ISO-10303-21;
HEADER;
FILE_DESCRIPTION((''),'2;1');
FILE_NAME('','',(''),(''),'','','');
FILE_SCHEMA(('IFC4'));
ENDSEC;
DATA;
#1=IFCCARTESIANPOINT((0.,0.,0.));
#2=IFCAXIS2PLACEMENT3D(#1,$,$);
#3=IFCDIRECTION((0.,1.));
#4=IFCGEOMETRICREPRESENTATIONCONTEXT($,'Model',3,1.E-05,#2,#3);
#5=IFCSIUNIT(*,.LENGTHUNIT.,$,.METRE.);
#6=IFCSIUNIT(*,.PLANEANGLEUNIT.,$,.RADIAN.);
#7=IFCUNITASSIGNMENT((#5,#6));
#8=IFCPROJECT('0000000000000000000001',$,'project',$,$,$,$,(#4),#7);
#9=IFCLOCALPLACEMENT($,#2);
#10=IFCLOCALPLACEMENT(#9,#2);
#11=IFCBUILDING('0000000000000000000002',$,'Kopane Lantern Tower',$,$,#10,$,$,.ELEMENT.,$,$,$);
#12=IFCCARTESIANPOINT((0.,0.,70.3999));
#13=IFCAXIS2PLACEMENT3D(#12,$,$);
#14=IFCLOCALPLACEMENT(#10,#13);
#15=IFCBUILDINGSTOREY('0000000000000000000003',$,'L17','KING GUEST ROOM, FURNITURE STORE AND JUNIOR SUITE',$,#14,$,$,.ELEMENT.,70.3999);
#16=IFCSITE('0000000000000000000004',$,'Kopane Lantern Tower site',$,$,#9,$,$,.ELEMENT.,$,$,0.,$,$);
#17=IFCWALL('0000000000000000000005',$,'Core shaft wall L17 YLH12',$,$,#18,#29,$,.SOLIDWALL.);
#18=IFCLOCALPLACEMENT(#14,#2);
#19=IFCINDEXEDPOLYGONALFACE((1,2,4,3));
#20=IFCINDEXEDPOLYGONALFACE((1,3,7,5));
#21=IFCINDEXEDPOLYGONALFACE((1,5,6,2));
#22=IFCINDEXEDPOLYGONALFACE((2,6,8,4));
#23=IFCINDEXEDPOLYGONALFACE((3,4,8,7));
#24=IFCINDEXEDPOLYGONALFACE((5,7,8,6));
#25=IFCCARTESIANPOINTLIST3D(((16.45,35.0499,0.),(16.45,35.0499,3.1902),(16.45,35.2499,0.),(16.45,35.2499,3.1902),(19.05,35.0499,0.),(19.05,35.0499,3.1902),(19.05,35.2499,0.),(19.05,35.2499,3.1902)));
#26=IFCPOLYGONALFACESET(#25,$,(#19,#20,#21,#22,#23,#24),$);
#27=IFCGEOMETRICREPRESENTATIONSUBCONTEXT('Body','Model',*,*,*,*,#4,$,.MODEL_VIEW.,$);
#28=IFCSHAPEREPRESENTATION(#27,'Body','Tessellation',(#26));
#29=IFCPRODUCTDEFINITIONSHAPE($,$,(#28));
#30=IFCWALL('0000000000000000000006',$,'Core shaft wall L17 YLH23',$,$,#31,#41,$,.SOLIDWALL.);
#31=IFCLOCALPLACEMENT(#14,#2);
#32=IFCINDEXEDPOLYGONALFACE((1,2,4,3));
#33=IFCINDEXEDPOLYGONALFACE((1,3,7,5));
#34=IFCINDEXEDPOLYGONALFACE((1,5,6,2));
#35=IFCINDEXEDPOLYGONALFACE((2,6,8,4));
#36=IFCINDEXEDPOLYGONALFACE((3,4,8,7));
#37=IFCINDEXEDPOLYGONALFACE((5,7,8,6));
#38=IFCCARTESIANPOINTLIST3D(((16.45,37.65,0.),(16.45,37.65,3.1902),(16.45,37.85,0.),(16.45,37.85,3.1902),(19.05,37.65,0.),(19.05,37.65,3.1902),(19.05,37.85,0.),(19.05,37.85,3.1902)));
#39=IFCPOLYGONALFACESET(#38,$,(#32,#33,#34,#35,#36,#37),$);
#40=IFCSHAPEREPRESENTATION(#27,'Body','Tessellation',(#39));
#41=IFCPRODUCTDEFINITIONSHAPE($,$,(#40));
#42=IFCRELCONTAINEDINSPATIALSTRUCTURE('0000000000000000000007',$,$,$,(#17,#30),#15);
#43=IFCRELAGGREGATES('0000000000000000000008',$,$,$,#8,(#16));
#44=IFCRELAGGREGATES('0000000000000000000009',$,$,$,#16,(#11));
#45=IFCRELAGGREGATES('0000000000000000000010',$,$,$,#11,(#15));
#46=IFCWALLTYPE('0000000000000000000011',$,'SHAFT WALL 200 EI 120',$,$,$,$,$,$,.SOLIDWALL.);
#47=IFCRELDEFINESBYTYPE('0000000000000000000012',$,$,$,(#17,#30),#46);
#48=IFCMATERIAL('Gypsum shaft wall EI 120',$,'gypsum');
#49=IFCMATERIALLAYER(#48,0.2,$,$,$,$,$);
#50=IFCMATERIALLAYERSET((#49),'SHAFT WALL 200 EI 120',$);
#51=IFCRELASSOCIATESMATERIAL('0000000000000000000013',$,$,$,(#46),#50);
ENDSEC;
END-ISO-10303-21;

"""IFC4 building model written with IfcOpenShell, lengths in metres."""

from ifc_helpers import new_model, si_unit, direction, frame, frame_2d, origin, place, context, subcontext, project, spatial, rectangle, extrude, material, layer, layer_set, type_object, element, save


model = new_model("IFC4")

# Units and contexts
model_context = context("Model", 3, precision=1e-05, world=origin(), true_north=direction((0.0, 1.0)))
body_context = subcontext(model_context, "Body", "Model", "MODEL_VIEW")
ifc_project = project(units=[si_unit("LENGTHUNIT", "METRE"), si_unit("PLANEANGLEUNIT", "RADIAN")], contexts=[model_context])

# Site, building, storey
site_placement = place(None, origin())
site = spatial("IfcSite", under=ifc_project, at=site_placement, Name="Kopane Lantern Tower site", CompositionType="ELEMENT", RefElevation=0.0)
building_placement = place(site_placement, origin())
building = spatial("IfcBuilding", under=site, at=building_placement, Name="Kopane Lantern Tower", CompositionType="ELEMENT")
storey_placement = place(building_placement, frame((0.0, 0.0, 70.3999)))
storey = spatial("IfcBuildingStorey", under=building, at=storey_placement, Name="L17", Description="KING GUEST ROOM, FURNITURE STORE AND JUNIOR SUITE", CompositionType="ELEMENT", Elevation=70.3999)

# Walls
ifc_material_1 = material(Name="Gypsum shaft wall EI 120", Category="gypsum")
ifc_layer_1 = layer(ifc_material_1, 0.2)
ifc_layer_set_1 = layer_set([ifc_layer_1], Name="SHAFT WALL 200 EI 120")
wall_type_1 = type_object("IfcWallType", Name="SHAFT WALL 200 EI 120", PredefinedType="SOLIDWALL", material=ifc_layer_set_1)
for number, where, z_axis, x_axis, name in (
    (1, (16.45, 35.1499, 0.0), (0.0, 0.0, 1.0), (1.0, 0.0, 0.0), "Core shaft wall L17 YLH12"),
    (2, (16.45, 37.75, 0.0), (0.0, 0.0, 1.0), (1.0, 0.0, 0.0), "Core shaft wall L17 YLH23"),
):
    element("IfcWall", number, at=place(storey_placement, frame(where, z_axis=z_axis, x_axis=x_axis)), inside=storey, type_object=wall_type_1, Name=name, PredefinedType="SOLIDWALL", context=body_context, shape_type="SweptSolid", body=[
        extrude(rectangle(XDim=2.6001, YDim=0.2, at=frame_2d((1.3, 0.0))), origin(), (0.0, 0.0, 1.0), 3.1902),
    ])

save(model, "model.ifc")
